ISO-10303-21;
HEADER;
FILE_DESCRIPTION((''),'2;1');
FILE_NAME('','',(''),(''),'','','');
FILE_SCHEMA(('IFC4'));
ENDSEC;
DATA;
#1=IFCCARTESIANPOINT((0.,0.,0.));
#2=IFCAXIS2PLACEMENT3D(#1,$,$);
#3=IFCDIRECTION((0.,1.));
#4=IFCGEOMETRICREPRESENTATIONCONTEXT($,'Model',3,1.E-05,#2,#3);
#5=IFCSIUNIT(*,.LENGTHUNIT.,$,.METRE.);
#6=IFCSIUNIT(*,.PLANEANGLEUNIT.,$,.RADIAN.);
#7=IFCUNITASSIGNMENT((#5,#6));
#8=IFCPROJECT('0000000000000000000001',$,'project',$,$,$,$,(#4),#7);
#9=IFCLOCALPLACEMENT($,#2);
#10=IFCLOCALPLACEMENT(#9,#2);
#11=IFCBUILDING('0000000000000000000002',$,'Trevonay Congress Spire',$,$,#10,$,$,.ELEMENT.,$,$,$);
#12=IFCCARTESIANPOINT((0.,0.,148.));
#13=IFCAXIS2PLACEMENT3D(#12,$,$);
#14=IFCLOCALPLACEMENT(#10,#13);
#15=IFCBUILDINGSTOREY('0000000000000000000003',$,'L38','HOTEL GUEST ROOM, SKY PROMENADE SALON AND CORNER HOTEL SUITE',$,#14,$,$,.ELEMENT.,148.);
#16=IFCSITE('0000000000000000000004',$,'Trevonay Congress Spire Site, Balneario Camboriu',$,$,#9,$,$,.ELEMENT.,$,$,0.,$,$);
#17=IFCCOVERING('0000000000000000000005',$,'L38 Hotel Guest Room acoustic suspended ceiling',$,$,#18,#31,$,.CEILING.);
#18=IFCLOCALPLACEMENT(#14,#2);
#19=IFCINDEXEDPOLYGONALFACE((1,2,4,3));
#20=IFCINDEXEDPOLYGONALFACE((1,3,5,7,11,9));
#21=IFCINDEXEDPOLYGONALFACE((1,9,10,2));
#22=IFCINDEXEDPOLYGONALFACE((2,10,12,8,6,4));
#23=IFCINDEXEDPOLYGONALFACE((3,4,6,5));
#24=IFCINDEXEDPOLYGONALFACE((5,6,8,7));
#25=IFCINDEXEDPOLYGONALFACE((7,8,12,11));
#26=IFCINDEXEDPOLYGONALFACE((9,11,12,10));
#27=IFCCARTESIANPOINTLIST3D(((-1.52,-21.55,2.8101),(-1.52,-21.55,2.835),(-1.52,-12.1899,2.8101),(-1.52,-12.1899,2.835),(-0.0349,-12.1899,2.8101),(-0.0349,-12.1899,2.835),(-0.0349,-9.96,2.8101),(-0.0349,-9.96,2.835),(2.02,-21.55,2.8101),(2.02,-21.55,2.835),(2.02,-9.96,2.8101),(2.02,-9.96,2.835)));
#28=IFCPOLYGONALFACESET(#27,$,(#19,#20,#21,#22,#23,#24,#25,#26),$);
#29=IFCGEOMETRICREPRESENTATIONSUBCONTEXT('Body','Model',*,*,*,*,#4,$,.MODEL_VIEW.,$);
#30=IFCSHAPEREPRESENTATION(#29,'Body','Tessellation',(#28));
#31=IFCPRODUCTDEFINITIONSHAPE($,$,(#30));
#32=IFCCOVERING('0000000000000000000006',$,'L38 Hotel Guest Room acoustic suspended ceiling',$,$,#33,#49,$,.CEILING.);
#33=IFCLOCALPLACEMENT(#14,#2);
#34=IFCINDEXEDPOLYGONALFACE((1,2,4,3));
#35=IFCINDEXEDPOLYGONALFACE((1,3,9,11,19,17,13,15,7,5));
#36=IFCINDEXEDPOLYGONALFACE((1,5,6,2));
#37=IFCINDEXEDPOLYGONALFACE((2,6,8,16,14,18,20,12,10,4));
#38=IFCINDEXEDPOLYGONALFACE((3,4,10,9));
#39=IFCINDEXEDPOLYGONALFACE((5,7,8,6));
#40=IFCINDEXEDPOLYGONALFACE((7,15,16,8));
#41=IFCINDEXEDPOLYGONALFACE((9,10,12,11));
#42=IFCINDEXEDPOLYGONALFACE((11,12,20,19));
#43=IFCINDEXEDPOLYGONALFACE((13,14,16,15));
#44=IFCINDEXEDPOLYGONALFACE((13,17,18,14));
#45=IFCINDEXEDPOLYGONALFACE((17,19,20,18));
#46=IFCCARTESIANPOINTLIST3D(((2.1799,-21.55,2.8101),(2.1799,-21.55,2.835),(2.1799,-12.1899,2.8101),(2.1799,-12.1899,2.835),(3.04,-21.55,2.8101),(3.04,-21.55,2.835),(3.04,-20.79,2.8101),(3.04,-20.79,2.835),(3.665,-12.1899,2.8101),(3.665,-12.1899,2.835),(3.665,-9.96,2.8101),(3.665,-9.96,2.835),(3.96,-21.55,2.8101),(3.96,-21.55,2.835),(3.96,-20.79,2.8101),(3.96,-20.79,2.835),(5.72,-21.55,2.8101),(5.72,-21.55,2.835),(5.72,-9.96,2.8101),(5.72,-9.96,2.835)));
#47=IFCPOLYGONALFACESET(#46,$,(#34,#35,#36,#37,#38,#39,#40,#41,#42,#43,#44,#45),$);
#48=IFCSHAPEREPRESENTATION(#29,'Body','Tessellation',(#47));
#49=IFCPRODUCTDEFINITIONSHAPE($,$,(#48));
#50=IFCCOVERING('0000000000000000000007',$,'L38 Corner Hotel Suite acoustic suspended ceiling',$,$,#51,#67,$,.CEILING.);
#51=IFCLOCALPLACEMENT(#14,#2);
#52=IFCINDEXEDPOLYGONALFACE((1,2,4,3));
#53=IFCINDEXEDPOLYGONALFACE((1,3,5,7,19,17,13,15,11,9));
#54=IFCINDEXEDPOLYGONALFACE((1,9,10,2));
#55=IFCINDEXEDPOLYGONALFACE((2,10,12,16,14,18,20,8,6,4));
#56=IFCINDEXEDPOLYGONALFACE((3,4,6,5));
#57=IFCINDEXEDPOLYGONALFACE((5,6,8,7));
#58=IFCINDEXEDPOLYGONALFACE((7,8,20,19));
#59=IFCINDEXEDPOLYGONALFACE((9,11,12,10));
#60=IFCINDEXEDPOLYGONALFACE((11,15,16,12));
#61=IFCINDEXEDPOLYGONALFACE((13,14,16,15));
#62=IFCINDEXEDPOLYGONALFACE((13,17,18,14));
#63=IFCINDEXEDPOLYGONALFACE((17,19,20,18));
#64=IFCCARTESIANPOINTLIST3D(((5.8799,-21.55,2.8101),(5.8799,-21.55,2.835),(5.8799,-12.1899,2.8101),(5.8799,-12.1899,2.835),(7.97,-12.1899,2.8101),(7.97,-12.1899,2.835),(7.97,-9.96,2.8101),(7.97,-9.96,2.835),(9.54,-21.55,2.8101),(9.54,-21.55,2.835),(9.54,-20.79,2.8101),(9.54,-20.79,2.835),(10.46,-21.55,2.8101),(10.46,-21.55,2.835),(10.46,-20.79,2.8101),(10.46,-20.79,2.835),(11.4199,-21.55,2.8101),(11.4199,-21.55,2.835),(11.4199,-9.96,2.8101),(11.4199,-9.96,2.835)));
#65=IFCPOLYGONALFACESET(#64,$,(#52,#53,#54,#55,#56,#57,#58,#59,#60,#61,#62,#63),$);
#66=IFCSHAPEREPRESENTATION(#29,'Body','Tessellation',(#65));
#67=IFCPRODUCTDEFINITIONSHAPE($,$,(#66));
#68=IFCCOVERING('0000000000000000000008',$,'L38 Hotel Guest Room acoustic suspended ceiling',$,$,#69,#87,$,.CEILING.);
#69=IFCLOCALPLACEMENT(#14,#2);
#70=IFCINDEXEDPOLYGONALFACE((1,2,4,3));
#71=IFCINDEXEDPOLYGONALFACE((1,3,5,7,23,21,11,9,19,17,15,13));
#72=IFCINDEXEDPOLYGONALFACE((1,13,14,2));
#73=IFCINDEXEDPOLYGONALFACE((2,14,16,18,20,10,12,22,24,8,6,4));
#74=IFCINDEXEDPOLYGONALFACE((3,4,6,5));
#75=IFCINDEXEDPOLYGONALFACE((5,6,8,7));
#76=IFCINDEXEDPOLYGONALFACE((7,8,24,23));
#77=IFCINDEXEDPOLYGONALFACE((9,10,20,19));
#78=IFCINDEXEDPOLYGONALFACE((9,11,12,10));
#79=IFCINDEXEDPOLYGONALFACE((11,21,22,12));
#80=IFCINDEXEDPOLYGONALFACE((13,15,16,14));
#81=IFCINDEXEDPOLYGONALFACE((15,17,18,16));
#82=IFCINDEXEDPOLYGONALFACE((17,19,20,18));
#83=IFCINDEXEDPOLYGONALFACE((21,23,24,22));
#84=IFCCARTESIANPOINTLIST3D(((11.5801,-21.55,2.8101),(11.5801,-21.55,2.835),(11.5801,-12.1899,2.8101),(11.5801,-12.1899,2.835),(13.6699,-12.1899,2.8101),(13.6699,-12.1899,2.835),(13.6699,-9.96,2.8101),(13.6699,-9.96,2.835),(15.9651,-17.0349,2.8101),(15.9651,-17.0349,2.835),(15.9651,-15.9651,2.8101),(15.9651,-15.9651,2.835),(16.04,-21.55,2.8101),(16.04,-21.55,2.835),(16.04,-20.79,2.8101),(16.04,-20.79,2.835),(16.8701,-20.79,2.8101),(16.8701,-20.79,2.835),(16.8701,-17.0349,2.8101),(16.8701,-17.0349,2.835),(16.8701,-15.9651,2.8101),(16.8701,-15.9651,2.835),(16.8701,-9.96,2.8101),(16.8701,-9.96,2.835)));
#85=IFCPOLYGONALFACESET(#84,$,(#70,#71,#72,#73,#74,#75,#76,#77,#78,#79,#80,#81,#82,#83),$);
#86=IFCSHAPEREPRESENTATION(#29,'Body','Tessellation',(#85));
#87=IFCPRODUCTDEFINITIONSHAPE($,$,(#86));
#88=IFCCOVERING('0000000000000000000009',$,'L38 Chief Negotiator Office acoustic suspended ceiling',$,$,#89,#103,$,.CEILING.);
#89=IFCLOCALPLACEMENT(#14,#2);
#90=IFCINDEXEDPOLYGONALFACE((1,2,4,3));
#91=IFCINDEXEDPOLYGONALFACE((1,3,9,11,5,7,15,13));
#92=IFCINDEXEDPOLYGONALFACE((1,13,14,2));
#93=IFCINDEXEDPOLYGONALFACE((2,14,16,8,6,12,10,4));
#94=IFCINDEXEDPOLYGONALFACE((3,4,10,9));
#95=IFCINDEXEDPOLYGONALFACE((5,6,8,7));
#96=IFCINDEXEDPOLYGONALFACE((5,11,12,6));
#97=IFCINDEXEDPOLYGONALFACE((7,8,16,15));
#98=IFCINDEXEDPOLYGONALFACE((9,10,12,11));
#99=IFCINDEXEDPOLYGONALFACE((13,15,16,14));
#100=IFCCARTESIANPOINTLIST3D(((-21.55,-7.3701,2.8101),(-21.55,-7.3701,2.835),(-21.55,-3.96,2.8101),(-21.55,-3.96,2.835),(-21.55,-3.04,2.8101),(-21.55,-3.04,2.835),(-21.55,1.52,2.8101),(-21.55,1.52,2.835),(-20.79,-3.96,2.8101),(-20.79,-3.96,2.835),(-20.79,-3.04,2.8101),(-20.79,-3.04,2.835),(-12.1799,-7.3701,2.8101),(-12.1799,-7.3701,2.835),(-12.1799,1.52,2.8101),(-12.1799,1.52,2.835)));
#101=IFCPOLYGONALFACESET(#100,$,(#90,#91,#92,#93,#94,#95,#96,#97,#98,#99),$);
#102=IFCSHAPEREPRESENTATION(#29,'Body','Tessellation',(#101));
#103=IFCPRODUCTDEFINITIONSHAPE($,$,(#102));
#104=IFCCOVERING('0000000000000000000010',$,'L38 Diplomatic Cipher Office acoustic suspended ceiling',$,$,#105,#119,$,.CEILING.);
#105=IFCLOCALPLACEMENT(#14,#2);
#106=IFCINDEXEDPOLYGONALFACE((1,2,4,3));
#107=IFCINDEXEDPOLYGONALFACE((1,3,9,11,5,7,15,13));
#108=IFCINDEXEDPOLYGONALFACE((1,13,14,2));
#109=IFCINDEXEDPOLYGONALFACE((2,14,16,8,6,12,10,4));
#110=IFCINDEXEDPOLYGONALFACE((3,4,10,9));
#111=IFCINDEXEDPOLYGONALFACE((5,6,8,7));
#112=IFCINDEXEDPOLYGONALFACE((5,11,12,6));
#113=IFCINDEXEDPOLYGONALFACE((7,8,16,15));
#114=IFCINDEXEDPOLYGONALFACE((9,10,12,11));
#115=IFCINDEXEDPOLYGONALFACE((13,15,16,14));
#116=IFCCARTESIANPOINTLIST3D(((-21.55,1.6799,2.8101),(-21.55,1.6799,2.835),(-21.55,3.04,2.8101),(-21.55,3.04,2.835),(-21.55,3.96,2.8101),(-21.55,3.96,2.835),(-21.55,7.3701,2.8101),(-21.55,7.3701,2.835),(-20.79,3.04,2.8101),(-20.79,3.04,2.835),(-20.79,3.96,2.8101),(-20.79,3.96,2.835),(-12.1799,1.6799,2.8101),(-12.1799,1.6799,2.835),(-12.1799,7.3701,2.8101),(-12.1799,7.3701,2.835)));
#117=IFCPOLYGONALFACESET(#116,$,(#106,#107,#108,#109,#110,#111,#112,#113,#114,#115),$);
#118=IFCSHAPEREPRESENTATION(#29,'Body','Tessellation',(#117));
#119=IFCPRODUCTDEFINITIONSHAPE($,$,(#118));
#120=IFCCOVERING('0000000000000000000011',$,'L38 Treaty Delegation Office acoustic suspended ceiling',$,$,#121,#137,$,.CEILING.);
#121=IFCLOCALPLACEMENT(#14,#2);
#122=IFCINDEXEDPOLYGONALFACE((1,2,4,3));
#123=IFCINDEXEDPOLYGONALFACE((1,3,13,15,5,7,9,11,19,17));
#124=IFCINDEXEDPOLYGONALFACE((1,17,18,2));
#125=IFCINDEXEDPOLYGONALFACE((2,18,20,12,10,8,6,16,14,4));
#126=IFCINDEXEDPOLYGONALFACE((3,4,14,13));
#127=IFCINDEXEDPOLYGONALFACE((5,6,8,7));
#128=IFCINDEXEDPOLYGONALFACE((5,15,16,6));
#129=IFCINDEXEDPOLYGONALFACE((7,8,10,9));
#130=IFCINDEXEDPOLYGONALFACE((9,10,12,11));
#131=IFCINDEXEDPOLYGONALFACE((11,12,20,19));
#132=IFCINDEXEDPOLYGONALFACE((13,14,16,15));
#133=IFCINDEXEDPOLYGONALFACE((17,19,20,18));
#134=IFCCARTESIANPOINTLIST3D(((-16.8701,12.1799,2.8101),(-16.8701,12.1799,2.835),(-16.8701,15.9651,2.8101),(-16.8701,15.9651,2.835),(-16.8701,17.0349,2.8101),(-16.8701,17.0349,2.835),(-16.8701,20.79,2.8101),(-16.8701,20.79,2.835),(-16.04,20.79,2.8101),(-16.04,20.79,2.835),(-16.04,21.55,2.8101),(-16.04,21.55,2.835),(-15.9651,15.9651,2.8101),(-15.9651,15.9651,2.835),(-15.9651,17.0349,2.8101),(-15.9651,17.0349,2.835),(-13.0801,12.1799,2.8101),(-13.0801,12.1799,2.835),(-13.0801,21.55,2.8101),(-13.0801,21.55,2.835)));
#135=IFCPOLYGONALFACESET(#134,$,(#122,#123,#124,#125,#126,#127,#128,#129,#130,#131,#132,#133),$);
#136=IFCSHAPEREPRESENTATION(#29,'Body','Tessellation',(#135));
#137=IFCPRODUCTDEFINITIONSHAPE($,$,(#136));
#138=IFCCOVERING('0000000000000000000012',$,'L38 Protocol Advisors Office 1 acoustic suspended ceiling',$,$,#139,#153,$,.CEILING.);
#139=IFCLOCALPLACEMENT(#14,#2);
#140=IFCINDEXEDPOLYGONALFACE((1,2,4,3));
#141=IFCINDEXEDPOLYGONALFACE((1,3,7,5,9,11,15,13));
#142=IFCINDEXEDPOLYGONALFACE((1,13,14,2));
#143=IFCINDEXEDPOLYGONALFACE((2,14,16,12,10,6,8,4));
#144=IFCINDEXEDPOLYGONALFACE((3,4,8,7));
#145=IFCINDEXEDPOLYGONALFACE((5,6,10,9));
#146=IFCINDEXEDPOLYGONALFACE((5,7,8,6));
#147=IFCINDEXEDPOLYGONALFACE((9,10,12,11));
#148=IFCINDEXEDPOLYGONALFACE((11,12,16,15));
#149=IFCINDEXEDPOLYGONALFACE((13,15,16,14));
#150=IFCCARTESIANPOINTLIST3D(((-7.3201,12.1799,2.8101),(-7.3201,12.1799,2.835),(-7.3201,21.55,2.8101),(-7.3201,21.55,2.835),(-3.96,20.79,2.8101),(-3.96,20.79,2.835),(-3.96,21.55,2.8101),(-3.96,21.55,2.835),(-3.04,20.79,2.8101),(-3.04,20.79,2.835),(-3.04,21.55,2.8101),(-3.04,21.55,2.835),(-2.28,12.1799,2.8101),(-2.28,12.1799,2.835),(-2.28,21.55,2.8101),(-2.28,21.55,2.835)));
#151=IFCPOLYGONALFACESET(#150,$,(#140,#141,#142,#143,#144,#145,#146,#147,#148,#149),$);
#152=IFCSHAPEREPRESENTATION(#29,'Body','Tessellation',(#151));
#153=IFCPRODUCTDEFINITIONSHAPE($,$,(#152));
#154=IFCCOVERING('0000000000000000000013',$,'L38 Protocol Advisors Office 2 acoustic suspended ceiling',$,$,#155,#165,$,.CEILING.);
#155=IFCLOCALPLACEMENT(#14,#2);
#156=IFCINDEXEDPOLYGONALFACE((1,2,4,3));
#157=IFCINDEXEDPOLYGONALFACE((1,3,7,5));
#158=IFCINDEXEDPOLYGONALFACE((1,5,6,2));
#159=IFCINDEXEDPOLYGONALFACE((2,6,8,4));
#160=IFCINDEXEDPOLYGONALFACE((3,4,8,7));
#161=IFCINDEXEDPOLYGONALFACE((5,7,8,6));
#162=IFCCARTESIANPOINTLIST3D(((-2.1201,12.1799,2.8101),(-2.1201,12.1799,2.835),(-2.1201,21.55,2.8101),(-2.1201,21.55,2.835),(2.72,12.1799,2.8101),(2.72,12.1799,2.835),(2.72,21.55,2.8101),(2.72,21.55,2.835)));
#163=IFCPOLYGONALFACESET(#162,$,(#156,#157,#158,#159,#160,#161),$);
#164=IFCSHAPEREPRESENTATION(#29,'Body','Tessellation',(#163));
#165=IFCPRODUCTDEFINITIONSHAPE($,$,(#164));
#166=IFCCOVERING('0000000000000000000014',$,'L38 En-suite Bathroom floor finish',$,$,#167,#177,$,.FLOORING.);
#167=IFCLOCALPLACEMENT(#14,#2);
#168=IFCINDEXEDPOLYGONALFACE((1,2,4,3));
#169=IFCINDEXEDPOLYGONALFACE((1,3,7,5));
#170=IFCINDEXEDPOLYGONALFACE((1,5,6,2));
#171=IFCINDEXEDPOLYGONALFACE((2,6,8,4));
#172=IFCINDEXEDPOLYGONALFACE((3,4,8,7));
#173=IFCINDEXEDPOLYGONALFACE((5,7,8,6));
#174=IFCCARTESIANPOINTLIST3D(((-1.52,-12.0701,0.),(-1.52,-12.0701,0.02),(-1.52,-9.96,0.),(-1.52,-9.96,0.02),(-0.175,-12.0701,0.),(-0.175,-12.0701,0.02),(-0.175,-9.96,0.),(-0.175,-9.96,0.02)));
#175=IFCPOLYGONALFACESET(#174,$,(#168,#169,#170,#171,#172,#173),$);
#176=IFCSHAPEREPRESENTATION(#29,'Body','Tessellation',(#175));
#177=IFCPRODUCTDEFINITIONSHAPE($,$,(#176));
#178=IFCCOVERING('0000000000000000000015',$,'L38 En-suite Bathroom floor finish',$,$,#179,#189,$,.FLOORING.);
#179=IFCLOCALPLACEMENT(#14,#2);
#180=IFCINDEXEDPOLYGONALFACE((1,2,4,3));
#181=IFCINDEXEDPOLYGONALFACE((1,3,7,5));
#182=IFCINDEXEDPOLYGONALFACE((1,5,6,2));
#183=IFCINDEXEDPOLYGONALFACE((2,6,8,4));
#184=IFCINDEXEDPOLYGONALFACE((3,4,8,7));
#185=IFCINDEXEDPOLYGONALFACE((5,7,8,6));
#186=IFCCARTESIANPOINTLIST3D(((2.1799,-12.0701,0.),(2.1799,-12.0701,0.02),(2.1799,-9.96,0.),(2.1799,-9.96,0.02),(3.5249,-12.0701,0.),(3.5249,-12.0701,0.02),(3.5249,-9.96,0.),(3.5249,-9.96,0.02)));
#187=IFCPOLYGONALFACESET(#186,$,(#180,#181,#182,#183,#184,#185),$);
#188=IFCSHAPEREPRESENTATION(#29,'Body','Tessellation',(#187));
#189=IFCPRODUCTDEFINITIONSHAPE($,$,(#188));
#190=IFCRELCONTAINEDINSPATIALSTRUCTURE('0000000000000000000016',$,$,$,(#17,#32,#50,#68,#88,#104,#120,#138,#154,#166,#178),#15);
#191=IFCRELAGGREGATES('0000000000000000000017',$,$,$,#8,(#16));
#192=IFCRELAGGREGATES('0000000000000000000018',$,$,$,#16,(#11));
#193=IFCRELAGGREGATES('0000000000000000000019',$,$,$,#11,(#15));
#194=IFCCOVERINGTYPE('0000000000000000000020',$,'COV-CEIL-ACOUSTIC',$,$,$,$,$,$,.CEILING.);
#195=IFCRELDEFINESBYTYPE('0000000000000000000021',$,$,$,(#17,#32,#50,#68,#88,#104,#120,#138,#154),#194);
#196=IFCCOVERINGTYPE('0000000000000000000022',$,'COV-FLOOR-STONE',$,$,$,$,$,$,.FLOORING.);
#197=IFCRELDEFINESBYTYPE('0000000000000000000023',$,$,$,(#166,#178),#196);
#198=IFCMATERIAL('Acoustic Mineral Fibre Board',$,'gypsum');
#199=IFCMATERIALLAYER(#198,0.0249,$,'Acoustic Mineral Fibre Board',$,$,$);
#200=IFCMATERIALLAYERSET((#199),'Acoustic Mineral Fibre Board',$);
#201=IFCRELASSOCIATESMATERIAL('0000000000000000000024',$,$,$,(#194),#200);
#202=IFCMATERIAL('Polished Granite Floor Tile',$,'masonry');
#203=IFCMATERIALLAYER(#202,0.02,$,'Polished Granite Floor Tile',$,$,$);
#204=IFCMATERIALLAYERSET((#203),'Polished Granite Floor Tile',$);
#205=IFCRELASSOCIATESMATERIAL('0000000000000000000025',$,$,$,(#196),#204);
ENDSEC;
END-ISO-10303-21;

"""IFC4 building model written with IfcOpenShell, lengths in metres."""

from ifc_helpers import new_model, si_unit, direction, frame, origin, place, context, subcontext, project, spatial, polyline, outline, extrude, material, layer, layer_set, type_object, element, save


model = new_model("IFC4")

# Units and contexts
model_context = context("Model", 3, precision=1e-05, world=origin(), true_north=direction((0.0, 1.0)))
body_context = subcontext(model_context, "Body", "Model", "MODEL_VIEW")
ifc_project = project(units=[si_unit("LENGTHUNIT", "METRE"), si_unit("PLANEANGLEUNIT", "RADIAN")], contexts=[model_context])

# Site, building, storey
site_placement = place(None, origin())
site = spatial("IfcSite", under=ifc_project, at=site_placement, Name="Trevonay Congress Spire Site, Balneario Camboriu", CompositionType="ELEMENT", RefElevation=0.0)
building_placement = place(site_placement, origin())
building = spatial("IfcBuilding", under=site, at=building_placement, Name="Trevonay Congress Spire", CompositionType="ELEMENT")
storey_placement = place(building_placement, frame((0.0, 0.0, 148.0)))
storey = spatial("IfcBuildingStorey", under=building, at=storey_placement, Name="L38", Description="HOTEL GUEST ROOM, SKY PROMENADE SALON AND CORNER HOTEL SUITE", CompositionType="ELEMENT", Elevation=148.0)

# Coverings
ifc_material_1 = material(Name="Acoustic Mineral Fibre Board", Category="gypsum")
ifc_layer_1 = layer(ifc_material_1, 0.0249, Name="Acoustic Mineral Fibre Board")
ifc_layer_set_1 = layer_set([ifc_layer_1], Name="Acoustic Mineral Fibre Board")
covering_type_1 = type_object("IfcCoveringType", Name="COV-CEIL-ACOUSTIC", PredefinedType="CEILING", material=ifc_layer_set_1)
covering_1_placement = place(storey_placement, frame((0.0, 0.0, 2.8101)))
element("IfcCovering", 1, at=covering_1_placement, inside=storey, type_object=covering_type_1, Name="L38 Hotel Guest Room acoustic suspended ceiling", PredefinedType="CEILING", context=body_context, shape_type="SweptSolid", body=[
    extrude(outline(polyline([(-1.52, -21.55), (2.02, -21.55), (2.02, -9.96), (-0.0349, -9.96), (-0.0349, -12.1899), (-1.52, -12.1899), (-1.52, -21.55)])), origin(), (0.0, 0.0, 1.0), 0.0249),
])
covering_2_placement = place(storey_placement, frame((0.0, 0.0, 2.8101)))
element("IfcCovering", 2, at=covering_2_placement, inside=storey, type_object=covering_type_1, Name="L38 Hotel Guest Room acoustic suspended ceiling", PredefinedType="CEILING", context=body_context, shape_type="SweptSolid", body=[
    extrude(outline(polyline([(2.1799, -21.55), (2.1799, -12.1899), (3.665, -12.1899), (3.665, -9.96), (5.72, -9.96), (5.72, -21.55), (3.96, -21.55), (3.96, -20.79), (3.04, -20.79), (3.04, -21.55), (2.1799, -21.55)])), origin(), (0.0, 0.0, 1.0), 0.0249),
])
covering_3_placement = place(storey_placement, frame((0.0, 0.0, 2.8101)))
element("IfcCovering", 3, at=covering_3_placement, inside=storey, type_object=covering_type_1, Name="L38 Corner Hotel Suite acoustic suspended ceiling", PredefinedType="CEILING", context=body_context, shape_type="SweptSolid", body=[
    extrude(outline(polyline([(5.8799, -21.55), (5.8799, -12.1899), (7.97, -12.1899), (7.97, -9.96), (11.4199, -9.96), (11.4199, -21.55), (10.46, -21.55), (10.46, -20.79), (9.54, -20.79), (9.54, -21.55), (5.8799, -21.55)])), origin(), (0.0, 0.0, 1.0), 0.0249),
])
covering_4_placement = place(storey_placement, frame((0.0, 0.0, 2.8101)))
element("IfcCovering", 4, at=covering_4_placement, inside=storey, type_object=covering_type_1, Name="L38 Hotel Guest Room acoustic suspended ceiling", PredefinedType="CEILING", context=body_context, shape_type="SweptSolid", body=[
    extrude(outline(polyline([(11.5801, -21.55), (11.5801, -12.1899), (13.6699, -12.1899), (13.6699, -9.96), (16.8701, -9.96), (16.8701, -15.9651), (15.9651, -15.9651), (15.9651, -17.0349), (16.8701, -17.0349), (16.8701, -20.79), (16.04, -20.79), (16.04, -21.55), (11.5801, -21.55)])), origin(), (0.0, 0.0, 1.0), 0.0249),
])
covering_5_placement = place(storey_placement, frame((0.0, 0.0, 2.8101)))
element("IfcCovering", 5, at=covering_5_placement, inside=storey, type_object=covering_type_1, Name="L38 Chief Negotiator Office acoustic suspended ceiling", PredefinedType="CEILING", context=body_context, shape_type="SweptSolid", body=[
    extrude(outline(polyline([(-21.55, 1.52), (-12.1799, 1.52), (-12.1799, -7.3701), (-21.55, -7.3701), (-21.55, -3.96), (-20.79, -3.96), (-20.79, -3.04), (-21.55, -3.04), (-21.55, 1.52)])), origin(), (0.0, 0.0, 1.0), 0.0249),
])
covering_6_placement = place(storey_placement, frame((0.0, 0.0, 2.8101)))
element("IfcCovering", 6, at=covering_6_placement, inside=storey, type_object=covering_type_1, Name="L38 Diplomatic Cipher Office acoustic suspended ceiling", PredefinedType="CEILING", context=body_context, shape_type="SweptSolid", body=[
    extrude(outline(polyline([(-21.55, 7.3701), (-12.1799, 7.3701), (-12.1799, 1.6799), (-21.55, 1.6799), (-21.55, 3.04), (-20.79, 3.04), (-20.79, 3.96), (-21.55, 3.96), (-21.55, 7.3701)])), origin(), (0.0, 0.0, 1.0), 0.0249),
])
covering_7_placement = place(storey_placement, frame((0.0, 0.0, 2.8101)))
element("IfcCovering", 7, at=covering_7_placement, inside=storey, type_object=covering_type_1, Name="L38 Treaty Delegation Office acoustic suspended ceiling", PredefinedType="CEILING", context=body_context, shape_type="SweptSolid", body=[
    extrude(outline(polyline([(-13.0801, 21.55), (-13.0801, 12.1799), (-16.8701, 12.1799), (-16.8701, 15.9651), (-15.9651, 15.9651), (-15.9651, 17.0349), (-16.8701, 17.0349), (-16.8701, 20.79), (-16.04, 20.79), (-16.04, 21.55), (-13.0801, 21.55)])), origin(), (0.0, 0.0, 1.0), 0.0249),
])
covering_8_placement = place(storey_placement, frame((0.0, 0.0, 2.8101)))
element("IfcCovering", 8, at=covering_8_placement, inside=storey, type_object=covering_type_1, Name="L38 Protocol Advisors Office 1 acoustic suspended ceiling", PredefinedType="CEILING", context=body_context, shape_type="SweptSolid", body=[
    extrude(outline(polyline([(-2.28, 21.55), (-2.28, 12.1799), (-7.3201, 12.1799), (-7.3201, 21.55), (-3.96, 21.55), (-3.96, 20.79), (-3.04, 20.79), (-3.04, 21.55), (-2.28, 21.55)])), origin(), (0.0, 0.0, 1.0), 0.0249),
])
covering_9_placement = place(storey_placement, frame((0.0, 0.0, 2.8101)))
element("IfcCovering", 9, at=covering_9_placement, inside=storey, type_object=covering_type_1, Name="L38 Protocol Advisors Office 2 acoustic suspended ceiling", PredefinedType="CEILING", context=body_context, shape_type="SweptSolid", body=[
    extrude(outline(polyline([(-2.1201, 12.1799), (2.72, 12.1799), (2.72, 21.55), (-2.1201, 21.55), (-2.1201, 12.1799)])), origin(), (0.0, 0.0, 1.0), 0.0249),
])
ifc_material_2 = material(Name="Polished Granite Floor Tile", Category="masonry")
ifc_layer_2 = layer(ifc_material_2, 0.02, Name="Polished Granite Floor Tile")
ifc_layer_set_2 = layer_set([ifc_layer_2], Name="Polished Granite Floor Tile")
covering_type_2 = type_object("IfcCoveringType", Name="COV-FLOOR-STONE", PredefinedType="FLOORING", material=ifc_layer_set_2)
covering_10_placement = place(storey_placement, origin())
element("IfcCovering", 10, at=covering_10_placement, inside=storey, type_object=covering_type_2, Name="L38 En-suite Bathroom floor finish", PredefinedType="FLOORING", context=body_context, shape_type="SweptSolid", body=[
    extrude(outline(polyline([(-1.52, -12.0701), (-0.175, -12.0701), (-0.175, -9.96), (-1.52, -9.96), (-1.52, -12.0701)])), origin(), (0.0, 0.0, 1.0), 0.02),
])
covering_11_placement = place(storey_placement, origin())
element("IfcCovering", 11, at=covering_11_placement, inside=storey, type_object=covering_type_2, Name="L38 En-suite Bathroom floor finish", PredefinedType="FLOORING", context=body_context, shape_type="SweptSolid", body=[
    extrude(outline(polyline([(2.1799, -12.0701), (3.5249, -12.0701), (3.5249, -9.96), (2.1799, -9.96), (2.1799, -12.0701)])), origin(), (0.0, 0.0, 1.0), 0.02),
])

save(model, "model.ifc")
